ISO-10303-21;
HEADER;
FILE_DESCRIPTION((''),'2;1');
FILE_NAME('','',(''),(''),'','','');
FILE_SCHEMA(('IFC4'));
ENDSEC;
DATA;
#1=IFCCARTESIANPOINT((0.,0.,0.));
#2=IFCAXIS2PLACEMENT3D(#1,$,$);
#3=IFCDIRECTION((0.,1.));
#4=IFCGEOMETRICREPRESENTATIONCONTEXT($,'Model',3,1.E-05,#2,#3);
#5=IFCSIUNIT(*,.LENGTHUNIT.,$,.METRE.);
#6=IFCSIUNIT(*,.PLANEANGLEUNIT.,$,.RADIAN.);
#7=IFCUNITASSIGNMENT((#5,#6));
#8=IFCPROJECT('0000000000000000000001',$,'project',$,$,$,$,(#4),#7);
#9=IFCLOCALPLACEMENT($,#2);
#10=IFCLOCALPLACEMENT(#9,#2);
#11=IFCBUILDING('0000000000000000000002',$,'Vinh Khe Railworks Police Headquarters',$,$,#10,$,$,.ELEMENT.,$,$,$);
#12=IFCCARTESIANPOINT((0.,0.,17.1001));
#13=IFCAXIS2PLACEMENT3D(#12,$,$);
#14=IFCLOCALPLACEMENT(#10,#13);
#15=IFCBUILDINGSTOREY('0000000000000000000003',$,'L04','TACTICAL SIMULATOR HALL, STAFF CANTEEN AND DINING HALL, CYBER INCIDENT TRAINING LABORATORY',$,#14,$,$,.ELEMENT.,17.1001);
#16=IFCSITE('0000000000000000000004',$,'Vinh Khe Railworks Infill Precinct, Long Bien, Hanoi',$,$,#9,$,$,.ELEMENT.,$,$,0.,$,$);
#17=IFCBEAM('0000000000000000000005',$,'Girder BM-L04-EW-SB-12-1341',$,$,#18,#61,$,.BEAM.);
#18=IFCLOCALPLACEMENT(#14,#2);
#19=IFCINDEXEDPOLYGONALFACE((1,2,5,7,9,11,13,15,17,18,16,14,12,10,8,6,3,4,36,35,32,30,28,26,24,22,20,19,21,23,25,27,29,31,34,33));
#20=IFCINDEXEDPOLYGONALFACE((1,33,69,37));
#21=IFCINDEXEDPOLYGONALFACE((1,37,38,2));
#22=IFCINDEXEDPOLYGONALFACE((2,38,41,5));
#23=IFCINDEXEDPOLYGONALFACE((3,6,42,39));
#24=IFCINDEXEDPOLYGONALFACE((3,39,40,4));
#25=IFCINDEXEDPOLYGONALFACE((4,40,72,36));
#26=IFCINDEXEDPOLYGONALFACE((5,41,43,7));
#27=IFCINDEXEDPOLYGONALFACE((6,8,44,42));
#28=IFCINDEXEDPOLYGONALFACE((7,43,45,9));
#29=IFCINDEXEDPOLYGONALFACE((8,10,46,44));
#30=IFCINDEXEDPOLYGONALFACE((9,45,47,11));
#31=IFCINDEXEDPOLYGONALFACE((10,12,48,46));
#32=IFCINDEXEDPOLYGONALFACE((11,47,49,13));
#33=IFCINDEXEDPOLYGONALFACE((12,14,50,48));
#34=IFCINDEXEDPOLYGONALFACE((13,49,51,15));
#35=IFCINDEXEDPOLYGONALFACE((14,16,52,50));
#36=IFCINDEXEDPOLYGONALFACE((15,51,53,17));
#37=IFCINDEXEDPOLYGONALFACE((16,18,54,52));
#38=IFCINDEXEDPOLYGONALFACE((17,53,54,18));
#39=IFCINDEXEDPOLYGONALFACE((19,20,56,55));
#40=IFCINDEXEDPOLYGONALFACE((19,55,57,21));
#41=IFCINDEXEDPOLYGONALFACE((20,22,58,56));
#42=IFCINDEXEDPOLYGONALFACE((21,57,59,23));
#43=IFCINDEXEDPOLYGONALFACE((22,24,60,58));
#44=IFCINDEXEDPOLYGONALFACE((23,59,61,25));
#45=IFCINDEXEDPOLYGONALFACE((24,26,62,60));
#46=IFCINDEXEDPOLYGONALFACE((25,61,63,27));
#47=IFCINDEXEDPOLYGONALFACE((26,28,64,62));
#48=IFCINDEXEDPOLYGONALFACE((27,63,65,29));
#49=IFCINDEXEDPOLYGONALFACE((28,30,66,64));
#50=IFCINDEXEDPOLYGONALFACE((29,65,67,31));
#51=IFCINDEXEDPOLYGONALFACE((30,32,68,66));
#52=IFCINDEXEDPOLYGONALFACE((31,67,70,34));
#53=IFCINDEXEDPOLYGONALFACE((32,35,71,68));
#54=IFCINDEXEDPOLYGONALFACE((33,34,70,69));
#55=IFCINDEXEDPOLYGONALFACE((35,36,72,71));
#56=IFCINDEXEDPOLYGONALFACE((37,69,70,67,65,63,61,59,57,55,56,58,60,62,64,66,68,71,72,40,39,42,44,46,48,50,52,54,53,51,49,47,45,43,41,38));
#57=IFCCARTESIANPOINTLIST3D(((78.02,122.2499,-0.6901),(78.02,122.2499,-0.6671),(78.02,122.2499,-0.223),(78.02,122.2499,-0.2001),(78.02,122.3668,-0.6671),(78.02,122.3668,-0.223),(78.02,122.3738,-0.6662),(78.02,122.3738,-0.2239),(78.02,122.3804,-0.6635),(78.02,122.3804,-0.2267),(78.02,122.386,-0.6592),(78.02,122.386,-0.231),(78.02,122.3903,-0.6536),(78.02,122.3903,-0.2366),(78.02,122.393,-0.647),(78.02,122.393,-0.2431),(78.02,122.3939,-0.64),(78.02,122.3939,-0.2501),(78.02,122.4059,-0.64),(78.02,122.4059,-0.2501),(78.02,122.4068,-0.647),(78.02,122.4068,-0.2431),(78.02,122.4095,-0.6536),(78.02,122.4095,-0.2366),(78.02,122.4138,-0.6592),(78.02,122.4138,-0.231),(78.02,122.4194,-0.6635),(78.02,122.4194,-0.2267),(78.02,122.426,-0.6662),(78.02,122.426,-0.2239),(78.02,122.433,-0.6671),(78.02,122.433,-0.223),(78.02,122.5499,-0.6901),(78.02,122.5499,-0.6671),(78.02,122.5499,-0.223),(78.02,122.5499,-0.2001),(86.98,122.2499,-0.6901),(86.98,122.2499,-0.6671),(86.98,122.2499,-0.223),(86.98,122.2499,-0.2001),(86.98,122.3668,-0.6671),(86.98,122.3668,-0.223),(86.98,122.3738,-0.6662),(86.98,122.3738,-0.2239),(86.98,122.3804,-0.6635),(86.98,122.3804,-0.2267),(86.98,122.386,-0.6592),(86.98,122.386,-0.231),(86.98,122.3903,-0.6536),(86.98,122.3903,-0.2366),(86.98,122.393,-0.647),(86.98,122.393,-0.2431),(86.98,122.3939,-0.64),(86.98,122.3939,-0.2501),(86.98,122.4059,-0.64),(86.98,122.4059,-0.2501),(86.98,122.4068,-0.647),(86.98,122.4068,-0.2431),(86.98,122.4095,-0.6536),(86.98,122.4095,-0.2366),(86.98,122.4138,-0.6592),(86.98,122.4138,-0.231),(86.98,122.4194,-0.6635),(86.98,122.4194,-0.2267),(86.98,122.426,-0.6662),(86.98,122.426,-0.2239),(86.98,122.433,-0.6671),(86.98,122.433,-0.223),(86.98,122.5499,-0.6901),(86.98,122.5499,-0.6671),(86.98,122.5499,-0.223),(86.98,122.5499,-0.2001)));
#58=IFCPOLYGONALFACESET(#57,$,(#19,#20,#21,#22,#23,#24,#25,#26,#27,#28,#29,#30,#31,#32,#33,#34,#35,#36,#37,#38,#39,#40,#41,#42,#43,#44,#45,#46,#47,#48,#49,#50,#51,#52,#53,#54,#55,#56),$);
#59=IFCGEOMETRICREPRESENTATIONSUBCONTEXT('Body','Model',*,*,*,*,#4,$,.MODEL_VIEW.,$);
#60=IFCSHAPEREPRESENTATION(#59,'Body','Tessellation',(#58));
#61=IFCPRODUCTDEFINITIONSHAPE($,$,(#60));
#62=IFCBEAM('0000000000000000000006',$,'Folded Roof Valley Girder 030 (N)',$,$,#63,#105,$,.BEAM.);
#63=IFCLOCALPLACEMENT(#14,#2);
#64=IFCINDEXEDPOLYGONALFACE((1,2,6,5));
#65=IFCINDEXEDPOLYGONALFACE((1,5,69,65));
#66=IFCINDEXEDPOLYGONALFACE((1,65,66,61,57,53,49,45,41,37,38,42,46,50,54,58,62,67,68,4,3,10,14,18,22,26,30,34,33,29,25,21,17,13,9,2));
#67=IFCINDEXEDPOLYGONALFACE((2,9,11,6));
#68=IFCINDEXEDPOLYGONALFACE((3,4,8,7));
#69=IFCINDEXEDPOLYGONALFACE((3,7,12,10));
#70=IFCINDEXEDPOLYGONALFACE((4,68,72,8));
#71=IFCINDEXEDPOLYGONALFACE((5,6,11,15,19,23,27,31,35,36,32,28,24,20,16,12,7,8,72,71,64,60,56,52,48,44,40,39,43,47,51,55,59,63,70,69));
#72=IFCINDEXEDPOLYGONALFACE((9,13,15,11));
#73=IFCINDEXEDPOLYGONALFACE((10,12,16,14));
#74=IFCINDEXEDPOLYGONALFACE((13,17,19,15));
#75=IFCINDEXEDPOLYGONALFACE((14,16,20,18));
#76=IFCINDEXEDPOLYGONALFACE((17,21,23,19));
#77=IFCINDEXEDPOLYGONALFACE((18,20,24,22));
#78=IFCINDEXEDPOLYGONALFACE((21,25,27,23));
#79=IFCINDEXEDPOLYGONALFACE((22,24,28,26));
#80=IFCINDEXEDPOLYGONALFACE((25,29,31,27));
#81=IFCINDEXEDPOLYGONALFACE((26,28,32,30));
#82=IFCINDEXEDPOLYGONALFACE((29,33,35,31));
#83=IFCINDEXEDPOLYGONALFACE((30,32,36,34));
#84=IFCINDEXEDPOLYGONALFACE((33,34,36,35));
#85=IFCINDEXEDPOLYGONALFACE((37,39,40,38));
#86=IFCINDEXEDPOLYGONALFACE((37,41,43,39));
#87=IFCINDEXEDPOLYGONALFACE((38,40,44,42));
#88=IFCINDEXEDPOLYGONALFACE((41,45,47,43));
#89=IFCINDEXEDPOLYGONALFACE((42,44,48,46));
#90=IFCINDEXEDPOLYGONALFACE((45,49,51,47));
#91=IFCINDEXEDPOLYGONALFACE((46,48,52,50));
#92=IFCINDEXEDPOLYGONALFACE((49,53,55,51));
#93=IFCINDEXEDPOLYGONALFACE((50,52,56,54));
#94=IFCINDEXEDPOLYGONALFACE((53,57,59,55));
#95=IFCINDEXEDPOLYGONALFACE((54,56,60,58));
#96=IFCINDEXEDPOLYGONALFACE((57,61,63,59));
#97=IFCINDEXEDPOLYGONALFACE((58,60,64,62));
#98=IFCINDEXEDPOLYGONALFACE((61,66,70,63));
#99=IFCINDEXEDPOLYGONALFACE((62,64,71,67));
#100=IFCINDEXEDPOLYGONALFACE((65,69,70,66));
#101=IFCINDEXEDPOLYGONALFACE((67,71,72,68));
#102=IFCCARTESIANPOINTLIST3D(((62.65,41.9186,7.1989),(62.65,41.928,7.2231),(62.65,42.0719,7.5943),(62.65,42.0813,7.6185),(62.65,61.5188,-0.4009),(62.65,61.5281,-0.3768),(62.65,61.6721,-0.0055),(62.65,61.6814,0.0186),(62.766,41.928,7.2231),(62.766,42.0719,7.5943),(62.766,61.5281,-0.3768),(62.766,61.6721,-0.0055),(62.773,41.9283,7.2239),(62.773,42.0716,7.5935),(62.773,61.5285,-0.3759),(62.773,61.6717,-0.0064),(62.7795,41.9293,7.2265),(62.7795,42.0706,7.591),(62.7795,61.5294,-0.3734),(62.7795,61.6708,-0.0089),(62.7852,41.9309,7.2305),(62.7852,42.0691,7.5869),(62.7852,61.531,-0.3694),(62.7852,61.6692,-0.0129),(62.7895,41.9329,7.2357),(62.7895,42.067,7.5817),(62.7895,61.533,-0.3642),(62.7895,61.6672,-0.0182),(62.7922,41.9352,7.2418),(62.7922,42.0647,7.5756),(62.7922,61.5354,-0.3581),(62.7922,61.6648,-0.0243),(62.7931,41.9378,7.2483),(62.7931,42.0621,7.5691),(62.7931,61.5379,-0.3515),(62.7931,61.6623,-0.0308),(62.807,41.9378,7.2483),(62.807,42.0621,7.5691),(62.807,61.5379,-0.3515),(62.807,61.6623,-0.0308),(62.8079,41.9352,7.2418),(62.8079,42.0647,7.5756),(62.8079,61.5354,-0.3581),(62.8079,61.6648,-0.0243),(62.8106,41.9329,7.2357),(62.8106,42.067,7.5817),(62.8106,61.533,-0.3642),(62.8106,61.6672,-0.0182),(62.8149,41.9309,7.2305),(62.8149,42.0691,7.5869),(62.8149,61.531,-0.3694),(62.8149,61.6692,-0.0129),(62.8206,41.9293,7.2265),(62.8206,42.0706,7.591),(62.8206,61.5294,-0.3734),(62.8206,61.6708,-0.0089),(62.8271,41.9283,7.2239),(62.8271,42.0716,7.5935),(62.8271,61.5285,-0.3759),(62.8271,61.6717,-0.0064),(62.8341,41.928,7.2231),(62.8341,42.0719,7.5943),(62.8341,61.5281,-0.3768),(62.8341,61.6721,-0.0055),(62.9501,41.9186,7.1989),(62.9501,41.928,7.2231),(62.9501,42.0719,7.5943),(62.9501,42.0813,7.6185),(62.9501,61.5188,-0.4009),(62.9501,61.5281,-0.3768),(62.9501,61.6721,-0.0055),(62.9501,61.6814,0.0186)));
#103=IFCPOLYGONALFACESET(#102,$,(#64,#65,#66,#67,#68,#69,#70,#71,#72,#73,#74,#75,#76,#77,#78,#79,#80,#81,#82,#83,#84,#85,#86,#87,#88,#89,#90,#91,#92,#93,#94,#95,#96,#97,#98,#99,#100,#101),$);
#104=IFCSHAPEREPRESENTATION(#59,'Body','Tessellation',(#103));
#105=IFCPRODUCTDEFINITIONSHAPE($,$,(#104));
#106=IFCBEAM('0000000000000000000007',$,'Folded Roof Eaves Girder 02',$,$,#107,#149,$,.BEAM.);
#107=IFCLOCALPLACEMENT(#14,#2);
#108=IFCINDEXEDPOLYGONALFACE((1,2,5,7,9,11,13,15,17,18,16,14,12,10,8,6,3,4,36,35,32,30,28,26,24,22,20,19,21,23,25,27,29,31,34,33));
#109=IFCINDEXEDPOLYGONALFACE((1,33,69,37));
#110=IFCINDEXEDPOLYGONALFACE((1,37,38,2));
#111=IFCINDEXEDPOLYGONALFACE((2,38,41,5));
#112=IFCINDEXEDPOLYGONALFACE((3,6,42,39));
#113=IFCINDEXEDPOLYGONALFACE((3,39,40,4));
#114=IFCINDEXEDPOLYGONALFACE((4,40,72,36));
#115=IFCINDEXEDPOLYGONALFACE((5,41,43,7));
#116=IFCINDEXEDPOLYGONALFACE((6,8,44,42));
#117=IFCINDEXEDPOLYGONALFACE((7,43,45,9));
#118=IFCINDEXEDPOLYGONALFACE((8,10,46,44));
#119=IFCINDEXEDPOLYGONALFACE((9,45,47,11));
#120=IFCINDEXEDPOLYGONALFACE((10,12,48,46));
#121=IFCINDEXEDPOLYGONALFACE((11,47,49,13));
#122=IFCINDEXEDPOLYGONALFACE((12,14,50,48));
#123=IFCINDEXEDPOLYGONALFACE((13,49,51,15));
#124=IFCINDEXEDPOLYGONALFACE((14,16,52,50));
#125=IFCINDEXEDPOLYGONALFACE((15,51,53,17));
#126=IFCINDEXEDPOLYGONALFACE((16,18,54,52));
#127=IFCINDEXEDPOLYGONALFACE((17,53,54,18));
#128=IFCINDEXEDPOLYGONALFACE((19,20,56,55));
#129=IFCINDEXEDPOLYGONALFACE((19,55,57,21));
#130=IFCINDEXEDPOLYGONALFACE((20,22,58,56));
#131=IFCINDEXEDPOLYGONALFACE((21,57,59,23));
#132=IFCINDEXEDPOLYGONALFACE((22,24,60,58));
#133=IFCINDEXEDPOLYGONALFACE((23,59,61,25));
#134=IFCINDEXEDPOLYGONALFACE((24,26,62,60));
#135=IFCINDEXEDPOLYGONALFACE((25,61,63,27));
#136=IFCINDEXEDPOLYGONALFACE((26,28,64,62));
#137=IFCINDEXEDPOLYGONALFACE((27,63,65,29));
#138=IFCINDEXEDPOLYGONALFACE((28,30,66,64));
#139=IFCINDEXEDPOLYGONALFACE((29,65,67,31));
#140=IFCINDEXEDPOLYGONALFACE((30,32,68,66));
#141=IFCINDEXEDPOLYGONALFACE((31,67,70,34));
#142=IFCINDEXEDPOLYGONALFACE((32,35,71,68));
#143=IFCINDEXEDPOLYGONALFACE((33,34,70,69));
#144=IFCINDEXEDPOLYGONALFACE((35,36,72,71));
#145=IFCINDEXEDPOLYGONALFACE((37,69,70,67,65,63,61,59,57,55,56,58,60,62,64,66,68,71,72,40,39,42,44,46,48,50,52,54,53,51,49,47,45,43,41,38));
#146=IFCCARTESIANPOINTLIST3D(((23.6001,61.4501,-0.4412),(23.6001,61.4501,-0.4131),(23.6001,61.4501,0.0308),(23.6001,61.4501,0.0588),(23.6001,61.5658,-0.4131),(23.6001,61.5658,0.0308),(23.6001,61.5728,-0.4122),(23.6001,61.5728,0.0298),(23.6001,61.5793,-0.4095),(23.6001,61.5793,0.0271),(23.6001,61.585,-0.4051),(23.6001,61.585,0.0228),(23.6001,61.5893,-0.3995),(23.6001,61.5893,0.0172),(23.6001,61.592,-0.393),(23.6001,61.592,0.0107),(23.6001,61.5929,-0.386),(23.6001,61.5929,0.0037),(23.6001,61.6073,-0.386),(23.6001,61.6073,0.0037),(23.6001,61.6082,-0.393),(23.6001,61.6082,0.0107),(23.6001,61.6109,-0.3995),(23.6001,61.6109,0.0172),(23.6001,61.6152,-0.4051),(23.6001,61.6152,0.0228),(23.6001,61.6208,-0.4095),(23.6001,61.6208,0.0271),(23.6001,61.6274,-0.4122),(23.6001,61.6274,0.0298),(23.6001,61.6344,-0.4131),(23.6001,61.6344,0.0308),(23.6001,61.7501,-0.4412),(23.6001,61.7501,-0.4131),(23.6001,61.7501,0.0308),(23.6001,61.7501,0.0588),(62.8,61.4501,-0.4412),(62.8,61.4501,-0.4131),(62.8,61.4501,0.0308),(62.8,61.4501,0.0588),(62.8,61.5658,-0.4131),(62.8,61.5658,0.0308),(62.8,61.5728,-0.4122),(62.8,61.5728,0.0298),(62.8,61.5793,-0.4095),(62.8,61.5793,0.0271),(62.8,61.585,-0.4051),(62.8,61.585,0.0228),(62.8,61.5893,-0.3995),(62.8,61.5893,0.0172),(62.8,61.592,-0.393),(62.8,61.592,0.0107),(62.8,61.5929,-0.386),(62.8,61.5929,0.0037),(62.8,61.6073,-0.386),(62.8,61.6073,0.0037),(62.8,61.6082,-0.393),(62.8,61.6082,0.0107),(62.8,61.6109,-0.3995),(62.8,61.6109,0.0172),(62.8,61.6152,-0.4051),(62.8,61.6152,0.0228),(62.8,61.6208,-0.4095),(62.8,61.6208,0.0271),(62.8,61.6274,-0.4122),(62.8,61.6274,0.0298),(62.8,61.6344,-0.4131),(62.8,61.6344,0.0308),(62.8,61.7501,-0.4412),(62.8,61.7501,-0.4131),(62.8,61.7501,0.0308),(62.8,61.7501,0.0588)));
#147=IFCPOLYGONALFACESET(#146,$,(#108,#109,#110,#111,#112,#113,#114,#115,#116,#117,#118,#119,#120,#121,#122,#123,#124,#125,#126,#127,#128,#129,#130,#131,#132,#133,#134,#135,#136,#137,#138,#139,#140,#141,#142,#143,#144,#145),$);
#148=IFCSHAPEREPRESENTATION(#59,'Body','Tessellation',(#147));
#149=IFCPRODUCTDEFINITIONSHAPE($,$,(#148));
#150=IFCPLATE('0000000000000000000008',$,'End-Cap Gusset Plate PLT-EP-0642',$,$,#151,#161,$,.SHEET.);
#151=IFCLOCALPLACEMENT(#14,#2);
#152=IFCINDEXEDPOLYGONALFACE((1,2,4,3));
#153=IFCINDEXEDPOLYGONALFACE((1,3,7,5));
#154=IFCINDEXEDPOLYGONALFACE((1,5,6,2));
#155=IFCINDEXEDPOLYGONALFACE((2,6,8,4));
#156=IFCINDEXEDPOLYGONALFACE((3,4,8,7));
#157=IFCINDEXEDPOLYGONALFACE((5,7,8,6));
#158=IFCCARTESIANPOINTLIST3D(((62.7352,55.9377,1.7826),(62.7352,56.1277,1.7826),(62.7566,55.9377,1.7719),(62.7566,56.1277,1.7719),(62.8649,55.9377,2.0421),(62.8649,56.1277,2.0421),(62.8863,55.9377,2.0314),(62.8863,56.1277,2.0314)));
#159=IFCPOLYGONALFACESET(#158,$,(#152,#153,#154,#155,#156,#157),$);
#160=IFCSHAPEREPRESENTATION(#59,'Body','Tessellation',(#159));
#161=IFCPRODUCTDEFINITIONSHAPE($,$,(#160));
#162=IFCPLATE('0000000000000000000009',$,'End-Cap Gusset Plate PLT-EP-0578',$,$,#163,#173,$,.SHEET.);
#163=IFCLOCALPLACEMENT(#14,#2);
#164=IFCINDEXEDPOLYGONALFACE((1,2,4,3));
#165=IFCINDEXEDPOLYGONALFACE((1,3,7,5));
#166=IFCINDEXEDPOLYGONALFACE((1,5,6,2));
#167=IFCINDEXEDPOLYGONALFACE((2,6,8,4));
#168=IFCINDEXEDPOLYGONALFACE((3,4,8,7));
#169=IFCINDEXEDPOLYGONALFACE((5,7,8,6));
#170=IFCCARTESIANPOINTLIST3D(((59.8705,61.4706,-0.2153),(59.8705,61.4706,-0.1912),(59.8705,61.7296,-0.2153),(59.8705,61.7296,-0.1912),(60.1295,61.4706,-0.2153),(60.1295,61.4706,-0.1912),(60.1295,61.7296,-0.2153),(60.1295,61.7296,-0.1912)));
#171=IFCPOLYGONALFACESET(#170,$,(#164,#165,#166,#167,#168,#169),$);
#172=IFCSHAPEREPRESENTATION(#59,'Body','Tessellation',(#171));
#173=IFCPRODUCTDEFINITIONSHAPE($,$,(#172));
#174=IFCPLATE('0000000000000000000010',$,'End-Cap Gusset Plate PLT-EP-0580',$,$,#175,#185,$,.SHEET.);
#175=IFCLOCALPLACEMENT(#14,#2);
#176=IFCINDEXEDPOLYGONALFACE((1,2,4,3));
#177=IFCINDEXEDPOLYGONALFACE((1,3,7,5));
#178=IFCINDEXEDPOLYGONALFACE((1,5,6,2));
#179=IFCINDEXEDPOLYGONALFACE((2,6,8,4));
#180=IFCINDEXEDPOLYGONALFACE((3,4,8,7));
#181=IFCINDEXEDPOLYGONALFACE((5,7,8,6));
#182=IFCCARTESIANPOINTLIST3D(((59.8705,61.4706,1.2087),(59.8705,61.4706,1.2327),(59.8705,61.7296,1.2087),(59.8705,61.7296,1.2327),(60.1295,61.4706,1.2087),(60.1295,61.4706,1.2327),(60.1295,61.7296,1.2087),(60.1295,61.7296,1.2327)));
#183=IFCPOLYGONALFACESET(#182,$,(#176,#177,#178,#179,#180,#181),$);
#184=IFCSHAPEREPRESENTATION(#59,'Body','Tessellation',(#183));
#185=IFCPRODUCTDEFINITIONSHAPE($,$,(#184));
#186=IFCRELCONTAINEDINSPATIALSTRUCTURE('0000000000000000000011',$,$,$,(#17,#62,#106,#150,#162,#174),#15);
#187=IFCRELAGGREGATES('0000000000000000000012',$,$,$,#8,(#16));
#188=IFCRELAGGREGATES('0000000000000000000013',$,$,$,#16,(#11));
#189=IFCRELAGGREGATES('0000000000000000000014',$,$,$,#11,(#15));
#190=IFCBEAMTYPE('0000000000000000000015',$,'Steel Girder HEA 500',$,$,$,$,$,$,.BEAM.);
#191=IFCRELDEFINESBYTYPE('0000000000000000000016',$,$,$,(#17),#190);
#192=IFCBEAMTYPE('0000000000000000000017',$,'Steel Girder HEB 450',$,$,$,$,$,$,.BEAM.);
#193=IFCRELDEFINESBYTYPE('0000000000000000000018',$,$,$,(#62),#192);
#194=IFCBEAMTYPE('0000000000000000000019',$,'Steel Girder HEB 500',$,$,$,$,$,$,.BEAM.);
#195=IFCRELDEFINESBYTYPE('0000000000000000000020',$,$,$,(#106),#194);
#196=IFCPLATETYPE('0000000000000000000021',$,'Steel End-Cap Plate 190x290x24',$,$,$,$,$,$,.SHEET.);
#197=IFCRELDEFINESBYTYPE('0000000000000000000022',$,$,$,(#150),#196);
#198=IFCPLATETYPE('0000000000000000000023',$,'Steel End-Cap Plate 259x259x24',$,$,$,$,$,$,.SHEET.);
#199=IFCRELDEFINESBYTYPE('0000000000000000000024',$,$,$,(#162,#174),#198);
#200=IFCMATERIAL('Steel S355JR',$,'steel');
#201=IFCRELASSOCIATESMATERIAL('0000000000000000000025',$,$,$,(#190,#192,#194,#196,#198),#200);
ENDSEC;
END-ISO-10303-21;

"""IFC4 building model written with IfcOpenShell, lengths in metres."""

from ifc_helpers import new_model, si_unit, direction, frame, origin, origin_2d, place, context, subcontext, project, spatial, rectangle, i_section, extrude, material, material_profile, profile_set, type_object, element, save


model = new_model("IFC4")

# Units and contexts
model_context = context("Model", 3, precision=1e-05, world=origin(), true_north=direction((0.0, 1.0)))
body_context = subcontext(model_context, "Body", "Model", "MODEL_VIEW")
ifc_project = project(units=[si_unit("LENGTHUNIT", "METRE"), si_unit("PLANEANGLEUNIT", "RADIAN")], contexts=[model_context])

# Site, building, storey
site_placement = place(None, origin())
site = spatial("IfcSite", under=ifc_project, at=site_placement, Name="Vinh Khe Railworks Infill Precinct, Long Bien, Hanoi", CompositionType="ELEMENT", RefElevation=0.0)
building_placement = place(site_placement, origin())
building = spatial("IfcBuilding", under=site, at=building_placement, Name="Vinh Khe Railworks Police Headquarters", CompositionType="ELEMENT")
storey_placement = place(building_placement, frame((0.0, 0.0, 17.1001)))
storey = spatial("IfcBuildingStorey", under=building, at=storey_placement, Name="L04", Description="TACTICAL SIMULATOR HALL, STAFF CANTEEN AND DINING HALL, CYBER INCIDENT TRAINING LABORATORY", CompositionType="ELEMENT", Elevation=17.1001)

# Shared definitions
ifc_material_1 = material(Name="Steel S355JR", Category="steel")

# Beams
ifc_material_profile_1 = material_profile(ifc_material_1, i_section(OverallWidth=0.3, OverallDepth=0.49, WebThickness=0.012, FlangeThickness=0.0229, FilletRadius=0.0271, at=origin_2d()), Name="HEA 500")
ifc_profile_set_1 = profile_set([ifc_material_profile_1], Name="Steel S355JR")
beam_type_1 = type_object("IfcBeamType", Name="Steel Girder HEA 500", PredefinedType="BEAM", material=ifc_profile_set_1)
beam_1_placement = place(storey_placement, frame((78.02, 122.3999, -0.4451), z_axis=(1.0, 0.0, 0.0), x_axis=(0.0, 1.0, 0.0)))
element("IfcBeam", 1, at=beam_1_placement, inside=storey, type_object=beam_type_1, Name="Girder BM-L04-EW-SB-12-1341", PredefinedType="BEAM", context=body_context, shape_type="SweptSolid", body=[
    extrude(i_section(OverallWidth=0.3, OverallDepth=0.49, WebThickness=0.012, FlangeThickness=0.0229, FilletRadius=0.0271, at=origin_2d()), origin(), (0.0, 0.0, 1.0), 8.96),
])
ifc_material_profile_2 = material_profile(ifc_material_1, i_section(OverallWidth=0.3, OverallDepth=0.45, WebThickness=0.0139, FlangeThickness=0.0259, FilletRadius=0.0271, at=origin_2d()), Name="HEB 450")
ifc_profile_set_2 = profile_set([ifc_material_profile_2], Name="Steel S355JR")
beam_type_2 = type_object("IfcBeamType", Name="Steel Girder HEB 450", PredefinedType="BEAM", material=ifc_profile_set_2)
beam_2_placement = place(storey_placement, frame((62.8, 61.6001, -0.1912), z_axis=(0.0, -0.932364, 0.36152), x_axis=(1.0, 0.0, 0.0)))
element("IfcBeam", 2, at=beam_2_placement, inside=storey, type_object=beam_type_2, Name="Folded Roof Valley Girder 030 (N)", PredefinedType="BEAM", context=body_context, shape_type="SweptSolid", body=[
    extrude(i_section(OverallWidth=0.3, OverallDepth=0.45, WebThickness=0.0139, FlangeThickness=0.0259, FilletRadius=0.0271, at=origin_2d()), origin(), (0.0, 0.0, 1.0), 21.022),
])
ifc_material_profile_3 = material_profile(ifc_material_1, i_section(OverallWidth=0.3, OverallDepth=0.5, WebThickness=0.0144, FlangeThickness=0.0281, FilletRadius=0.0271, at=origin_2d()), Name="HEB 500")
ifc_profile_set_3 = profile_set([ifc_material_profile_3], Name="Steel S355JR")
beam_type_3 = type_object("IfcBeamType", Name="Steel Girder HEB 500", PredefinedType="BEAM", material=ifc_profile_set_3)
beam_3_placement = place(storey_placement, frame((62.8, 61.6001, -0.1912), z_axis=(-1.0, 0.0, 0.0), x_axis=(0.0, -1.0, 0.0)))
element("IfcBeam", 3, at=beam_3_placement, inside=storey, type_object=beam_type_3, Name="Folded Roof Eaves Girder 02", PredefinedType="BEAM", context=body_context, shape_type="SweptSolid", body=[
    extrude(i_section(OverallWidth=0.3, OverallDepth=0.5, WebThickness=0.0144, FlangeThickness=0.0281, FilletRadius=0.0271, at=origin_2d()), origin(), (0.0, 0.0, 1.0), 39.2),
])

# Plates
ifc_material_profile_4 = material_profile(ifc_material_1, rectangle(XDim=0.1899, YDim=0.29, at=origin_2d()), Name="PL 190x290")
ifc_profile_set_4 = profile_set([ifc_material_profile_4], Name="Steel S355JR")
plate_type_1 = type_object("IfcPlateType", Name="Steel End-Cap Plate 190x290x24", PredefinedType="SHEET", material=ifc_profile_set_4)
plate_1_placement = place(storey_placement, frame((62.8, 56.0327, 1.9124), z_axis=(0.894427, 0.0, -0.447214), x_axis=(0.0, 1.0, 0.0)))
element("IfcPlate", 4, at=plate_1_placement, inside=storey, type_object=plate_type_1, Name="End-Cap Gusset Plate PLT-EP-0642", PredefinedType="SHEET", context=body_context, shape_type="SweptSolid", body=[
    extrude(rectangle(XDim=0.1899, YDim=0.29, at=origin_2d()), origin(), (0.0, 0.0, 1.0), 0.0239),
])
ifc_material_profile_5 = material_profile(ifc_material_1, rectangle(XDim=0.259, YDim=0.259, at=origin_2d()), Name="PL 259x259")
ifc_profile_set_5 = profile_set([ifc_material_profile_5], Name="Steel S355JR")
plate_type_2 = type_object("IfcPlateType", Name="Steel End-Cap Plate 259x259x24", PredefinedType="SHEET", material=ifc_profile_set_5)
plate_2_placement = place(storey_placement, frame((60.0, 61.6001, -0.1912), z_axis=(0.0, 0.0, -1.0), x_axis=(1.0, 0.0, 0.0)))
element("IfcPlate", 5, at=plate_2_placement, inside=storey, type_object=plate_type_2, Name="End-Cap Gusset Plate PLT-EP-0578", PredefinedType="SHEET", context=body_context, shape_type="SweptSolid", body=[
    extrude(rectangle(XDim=0.259, YDim=0.259, at=origin_2d()), origin(), (0.0, 0.0, 1.0), 0.0242),
])
plate_3_placement = place(storey_placement, frame((60.0, 61.6001, 1.2087), z_axis=(0.0, 0.0, 1.0), x_axis=(1.0, 0.0, 0.0)))
element("IfcPlate", 6, at=plate_3_placement, inside=storey, type_object=plate_type_2, Name="End-Cap Gusset Plate PLT-EP-0580", PredefinedType="SHEET", context=body_context, shape_type="SweptSolid", body=[
    extrude(rectangle(XDim=0.259, YDim=0.259, at=origin_2d()), origin(), (0.0, 0.0, 1.0), 0.0239),
])

save(model, "model.ifc")
